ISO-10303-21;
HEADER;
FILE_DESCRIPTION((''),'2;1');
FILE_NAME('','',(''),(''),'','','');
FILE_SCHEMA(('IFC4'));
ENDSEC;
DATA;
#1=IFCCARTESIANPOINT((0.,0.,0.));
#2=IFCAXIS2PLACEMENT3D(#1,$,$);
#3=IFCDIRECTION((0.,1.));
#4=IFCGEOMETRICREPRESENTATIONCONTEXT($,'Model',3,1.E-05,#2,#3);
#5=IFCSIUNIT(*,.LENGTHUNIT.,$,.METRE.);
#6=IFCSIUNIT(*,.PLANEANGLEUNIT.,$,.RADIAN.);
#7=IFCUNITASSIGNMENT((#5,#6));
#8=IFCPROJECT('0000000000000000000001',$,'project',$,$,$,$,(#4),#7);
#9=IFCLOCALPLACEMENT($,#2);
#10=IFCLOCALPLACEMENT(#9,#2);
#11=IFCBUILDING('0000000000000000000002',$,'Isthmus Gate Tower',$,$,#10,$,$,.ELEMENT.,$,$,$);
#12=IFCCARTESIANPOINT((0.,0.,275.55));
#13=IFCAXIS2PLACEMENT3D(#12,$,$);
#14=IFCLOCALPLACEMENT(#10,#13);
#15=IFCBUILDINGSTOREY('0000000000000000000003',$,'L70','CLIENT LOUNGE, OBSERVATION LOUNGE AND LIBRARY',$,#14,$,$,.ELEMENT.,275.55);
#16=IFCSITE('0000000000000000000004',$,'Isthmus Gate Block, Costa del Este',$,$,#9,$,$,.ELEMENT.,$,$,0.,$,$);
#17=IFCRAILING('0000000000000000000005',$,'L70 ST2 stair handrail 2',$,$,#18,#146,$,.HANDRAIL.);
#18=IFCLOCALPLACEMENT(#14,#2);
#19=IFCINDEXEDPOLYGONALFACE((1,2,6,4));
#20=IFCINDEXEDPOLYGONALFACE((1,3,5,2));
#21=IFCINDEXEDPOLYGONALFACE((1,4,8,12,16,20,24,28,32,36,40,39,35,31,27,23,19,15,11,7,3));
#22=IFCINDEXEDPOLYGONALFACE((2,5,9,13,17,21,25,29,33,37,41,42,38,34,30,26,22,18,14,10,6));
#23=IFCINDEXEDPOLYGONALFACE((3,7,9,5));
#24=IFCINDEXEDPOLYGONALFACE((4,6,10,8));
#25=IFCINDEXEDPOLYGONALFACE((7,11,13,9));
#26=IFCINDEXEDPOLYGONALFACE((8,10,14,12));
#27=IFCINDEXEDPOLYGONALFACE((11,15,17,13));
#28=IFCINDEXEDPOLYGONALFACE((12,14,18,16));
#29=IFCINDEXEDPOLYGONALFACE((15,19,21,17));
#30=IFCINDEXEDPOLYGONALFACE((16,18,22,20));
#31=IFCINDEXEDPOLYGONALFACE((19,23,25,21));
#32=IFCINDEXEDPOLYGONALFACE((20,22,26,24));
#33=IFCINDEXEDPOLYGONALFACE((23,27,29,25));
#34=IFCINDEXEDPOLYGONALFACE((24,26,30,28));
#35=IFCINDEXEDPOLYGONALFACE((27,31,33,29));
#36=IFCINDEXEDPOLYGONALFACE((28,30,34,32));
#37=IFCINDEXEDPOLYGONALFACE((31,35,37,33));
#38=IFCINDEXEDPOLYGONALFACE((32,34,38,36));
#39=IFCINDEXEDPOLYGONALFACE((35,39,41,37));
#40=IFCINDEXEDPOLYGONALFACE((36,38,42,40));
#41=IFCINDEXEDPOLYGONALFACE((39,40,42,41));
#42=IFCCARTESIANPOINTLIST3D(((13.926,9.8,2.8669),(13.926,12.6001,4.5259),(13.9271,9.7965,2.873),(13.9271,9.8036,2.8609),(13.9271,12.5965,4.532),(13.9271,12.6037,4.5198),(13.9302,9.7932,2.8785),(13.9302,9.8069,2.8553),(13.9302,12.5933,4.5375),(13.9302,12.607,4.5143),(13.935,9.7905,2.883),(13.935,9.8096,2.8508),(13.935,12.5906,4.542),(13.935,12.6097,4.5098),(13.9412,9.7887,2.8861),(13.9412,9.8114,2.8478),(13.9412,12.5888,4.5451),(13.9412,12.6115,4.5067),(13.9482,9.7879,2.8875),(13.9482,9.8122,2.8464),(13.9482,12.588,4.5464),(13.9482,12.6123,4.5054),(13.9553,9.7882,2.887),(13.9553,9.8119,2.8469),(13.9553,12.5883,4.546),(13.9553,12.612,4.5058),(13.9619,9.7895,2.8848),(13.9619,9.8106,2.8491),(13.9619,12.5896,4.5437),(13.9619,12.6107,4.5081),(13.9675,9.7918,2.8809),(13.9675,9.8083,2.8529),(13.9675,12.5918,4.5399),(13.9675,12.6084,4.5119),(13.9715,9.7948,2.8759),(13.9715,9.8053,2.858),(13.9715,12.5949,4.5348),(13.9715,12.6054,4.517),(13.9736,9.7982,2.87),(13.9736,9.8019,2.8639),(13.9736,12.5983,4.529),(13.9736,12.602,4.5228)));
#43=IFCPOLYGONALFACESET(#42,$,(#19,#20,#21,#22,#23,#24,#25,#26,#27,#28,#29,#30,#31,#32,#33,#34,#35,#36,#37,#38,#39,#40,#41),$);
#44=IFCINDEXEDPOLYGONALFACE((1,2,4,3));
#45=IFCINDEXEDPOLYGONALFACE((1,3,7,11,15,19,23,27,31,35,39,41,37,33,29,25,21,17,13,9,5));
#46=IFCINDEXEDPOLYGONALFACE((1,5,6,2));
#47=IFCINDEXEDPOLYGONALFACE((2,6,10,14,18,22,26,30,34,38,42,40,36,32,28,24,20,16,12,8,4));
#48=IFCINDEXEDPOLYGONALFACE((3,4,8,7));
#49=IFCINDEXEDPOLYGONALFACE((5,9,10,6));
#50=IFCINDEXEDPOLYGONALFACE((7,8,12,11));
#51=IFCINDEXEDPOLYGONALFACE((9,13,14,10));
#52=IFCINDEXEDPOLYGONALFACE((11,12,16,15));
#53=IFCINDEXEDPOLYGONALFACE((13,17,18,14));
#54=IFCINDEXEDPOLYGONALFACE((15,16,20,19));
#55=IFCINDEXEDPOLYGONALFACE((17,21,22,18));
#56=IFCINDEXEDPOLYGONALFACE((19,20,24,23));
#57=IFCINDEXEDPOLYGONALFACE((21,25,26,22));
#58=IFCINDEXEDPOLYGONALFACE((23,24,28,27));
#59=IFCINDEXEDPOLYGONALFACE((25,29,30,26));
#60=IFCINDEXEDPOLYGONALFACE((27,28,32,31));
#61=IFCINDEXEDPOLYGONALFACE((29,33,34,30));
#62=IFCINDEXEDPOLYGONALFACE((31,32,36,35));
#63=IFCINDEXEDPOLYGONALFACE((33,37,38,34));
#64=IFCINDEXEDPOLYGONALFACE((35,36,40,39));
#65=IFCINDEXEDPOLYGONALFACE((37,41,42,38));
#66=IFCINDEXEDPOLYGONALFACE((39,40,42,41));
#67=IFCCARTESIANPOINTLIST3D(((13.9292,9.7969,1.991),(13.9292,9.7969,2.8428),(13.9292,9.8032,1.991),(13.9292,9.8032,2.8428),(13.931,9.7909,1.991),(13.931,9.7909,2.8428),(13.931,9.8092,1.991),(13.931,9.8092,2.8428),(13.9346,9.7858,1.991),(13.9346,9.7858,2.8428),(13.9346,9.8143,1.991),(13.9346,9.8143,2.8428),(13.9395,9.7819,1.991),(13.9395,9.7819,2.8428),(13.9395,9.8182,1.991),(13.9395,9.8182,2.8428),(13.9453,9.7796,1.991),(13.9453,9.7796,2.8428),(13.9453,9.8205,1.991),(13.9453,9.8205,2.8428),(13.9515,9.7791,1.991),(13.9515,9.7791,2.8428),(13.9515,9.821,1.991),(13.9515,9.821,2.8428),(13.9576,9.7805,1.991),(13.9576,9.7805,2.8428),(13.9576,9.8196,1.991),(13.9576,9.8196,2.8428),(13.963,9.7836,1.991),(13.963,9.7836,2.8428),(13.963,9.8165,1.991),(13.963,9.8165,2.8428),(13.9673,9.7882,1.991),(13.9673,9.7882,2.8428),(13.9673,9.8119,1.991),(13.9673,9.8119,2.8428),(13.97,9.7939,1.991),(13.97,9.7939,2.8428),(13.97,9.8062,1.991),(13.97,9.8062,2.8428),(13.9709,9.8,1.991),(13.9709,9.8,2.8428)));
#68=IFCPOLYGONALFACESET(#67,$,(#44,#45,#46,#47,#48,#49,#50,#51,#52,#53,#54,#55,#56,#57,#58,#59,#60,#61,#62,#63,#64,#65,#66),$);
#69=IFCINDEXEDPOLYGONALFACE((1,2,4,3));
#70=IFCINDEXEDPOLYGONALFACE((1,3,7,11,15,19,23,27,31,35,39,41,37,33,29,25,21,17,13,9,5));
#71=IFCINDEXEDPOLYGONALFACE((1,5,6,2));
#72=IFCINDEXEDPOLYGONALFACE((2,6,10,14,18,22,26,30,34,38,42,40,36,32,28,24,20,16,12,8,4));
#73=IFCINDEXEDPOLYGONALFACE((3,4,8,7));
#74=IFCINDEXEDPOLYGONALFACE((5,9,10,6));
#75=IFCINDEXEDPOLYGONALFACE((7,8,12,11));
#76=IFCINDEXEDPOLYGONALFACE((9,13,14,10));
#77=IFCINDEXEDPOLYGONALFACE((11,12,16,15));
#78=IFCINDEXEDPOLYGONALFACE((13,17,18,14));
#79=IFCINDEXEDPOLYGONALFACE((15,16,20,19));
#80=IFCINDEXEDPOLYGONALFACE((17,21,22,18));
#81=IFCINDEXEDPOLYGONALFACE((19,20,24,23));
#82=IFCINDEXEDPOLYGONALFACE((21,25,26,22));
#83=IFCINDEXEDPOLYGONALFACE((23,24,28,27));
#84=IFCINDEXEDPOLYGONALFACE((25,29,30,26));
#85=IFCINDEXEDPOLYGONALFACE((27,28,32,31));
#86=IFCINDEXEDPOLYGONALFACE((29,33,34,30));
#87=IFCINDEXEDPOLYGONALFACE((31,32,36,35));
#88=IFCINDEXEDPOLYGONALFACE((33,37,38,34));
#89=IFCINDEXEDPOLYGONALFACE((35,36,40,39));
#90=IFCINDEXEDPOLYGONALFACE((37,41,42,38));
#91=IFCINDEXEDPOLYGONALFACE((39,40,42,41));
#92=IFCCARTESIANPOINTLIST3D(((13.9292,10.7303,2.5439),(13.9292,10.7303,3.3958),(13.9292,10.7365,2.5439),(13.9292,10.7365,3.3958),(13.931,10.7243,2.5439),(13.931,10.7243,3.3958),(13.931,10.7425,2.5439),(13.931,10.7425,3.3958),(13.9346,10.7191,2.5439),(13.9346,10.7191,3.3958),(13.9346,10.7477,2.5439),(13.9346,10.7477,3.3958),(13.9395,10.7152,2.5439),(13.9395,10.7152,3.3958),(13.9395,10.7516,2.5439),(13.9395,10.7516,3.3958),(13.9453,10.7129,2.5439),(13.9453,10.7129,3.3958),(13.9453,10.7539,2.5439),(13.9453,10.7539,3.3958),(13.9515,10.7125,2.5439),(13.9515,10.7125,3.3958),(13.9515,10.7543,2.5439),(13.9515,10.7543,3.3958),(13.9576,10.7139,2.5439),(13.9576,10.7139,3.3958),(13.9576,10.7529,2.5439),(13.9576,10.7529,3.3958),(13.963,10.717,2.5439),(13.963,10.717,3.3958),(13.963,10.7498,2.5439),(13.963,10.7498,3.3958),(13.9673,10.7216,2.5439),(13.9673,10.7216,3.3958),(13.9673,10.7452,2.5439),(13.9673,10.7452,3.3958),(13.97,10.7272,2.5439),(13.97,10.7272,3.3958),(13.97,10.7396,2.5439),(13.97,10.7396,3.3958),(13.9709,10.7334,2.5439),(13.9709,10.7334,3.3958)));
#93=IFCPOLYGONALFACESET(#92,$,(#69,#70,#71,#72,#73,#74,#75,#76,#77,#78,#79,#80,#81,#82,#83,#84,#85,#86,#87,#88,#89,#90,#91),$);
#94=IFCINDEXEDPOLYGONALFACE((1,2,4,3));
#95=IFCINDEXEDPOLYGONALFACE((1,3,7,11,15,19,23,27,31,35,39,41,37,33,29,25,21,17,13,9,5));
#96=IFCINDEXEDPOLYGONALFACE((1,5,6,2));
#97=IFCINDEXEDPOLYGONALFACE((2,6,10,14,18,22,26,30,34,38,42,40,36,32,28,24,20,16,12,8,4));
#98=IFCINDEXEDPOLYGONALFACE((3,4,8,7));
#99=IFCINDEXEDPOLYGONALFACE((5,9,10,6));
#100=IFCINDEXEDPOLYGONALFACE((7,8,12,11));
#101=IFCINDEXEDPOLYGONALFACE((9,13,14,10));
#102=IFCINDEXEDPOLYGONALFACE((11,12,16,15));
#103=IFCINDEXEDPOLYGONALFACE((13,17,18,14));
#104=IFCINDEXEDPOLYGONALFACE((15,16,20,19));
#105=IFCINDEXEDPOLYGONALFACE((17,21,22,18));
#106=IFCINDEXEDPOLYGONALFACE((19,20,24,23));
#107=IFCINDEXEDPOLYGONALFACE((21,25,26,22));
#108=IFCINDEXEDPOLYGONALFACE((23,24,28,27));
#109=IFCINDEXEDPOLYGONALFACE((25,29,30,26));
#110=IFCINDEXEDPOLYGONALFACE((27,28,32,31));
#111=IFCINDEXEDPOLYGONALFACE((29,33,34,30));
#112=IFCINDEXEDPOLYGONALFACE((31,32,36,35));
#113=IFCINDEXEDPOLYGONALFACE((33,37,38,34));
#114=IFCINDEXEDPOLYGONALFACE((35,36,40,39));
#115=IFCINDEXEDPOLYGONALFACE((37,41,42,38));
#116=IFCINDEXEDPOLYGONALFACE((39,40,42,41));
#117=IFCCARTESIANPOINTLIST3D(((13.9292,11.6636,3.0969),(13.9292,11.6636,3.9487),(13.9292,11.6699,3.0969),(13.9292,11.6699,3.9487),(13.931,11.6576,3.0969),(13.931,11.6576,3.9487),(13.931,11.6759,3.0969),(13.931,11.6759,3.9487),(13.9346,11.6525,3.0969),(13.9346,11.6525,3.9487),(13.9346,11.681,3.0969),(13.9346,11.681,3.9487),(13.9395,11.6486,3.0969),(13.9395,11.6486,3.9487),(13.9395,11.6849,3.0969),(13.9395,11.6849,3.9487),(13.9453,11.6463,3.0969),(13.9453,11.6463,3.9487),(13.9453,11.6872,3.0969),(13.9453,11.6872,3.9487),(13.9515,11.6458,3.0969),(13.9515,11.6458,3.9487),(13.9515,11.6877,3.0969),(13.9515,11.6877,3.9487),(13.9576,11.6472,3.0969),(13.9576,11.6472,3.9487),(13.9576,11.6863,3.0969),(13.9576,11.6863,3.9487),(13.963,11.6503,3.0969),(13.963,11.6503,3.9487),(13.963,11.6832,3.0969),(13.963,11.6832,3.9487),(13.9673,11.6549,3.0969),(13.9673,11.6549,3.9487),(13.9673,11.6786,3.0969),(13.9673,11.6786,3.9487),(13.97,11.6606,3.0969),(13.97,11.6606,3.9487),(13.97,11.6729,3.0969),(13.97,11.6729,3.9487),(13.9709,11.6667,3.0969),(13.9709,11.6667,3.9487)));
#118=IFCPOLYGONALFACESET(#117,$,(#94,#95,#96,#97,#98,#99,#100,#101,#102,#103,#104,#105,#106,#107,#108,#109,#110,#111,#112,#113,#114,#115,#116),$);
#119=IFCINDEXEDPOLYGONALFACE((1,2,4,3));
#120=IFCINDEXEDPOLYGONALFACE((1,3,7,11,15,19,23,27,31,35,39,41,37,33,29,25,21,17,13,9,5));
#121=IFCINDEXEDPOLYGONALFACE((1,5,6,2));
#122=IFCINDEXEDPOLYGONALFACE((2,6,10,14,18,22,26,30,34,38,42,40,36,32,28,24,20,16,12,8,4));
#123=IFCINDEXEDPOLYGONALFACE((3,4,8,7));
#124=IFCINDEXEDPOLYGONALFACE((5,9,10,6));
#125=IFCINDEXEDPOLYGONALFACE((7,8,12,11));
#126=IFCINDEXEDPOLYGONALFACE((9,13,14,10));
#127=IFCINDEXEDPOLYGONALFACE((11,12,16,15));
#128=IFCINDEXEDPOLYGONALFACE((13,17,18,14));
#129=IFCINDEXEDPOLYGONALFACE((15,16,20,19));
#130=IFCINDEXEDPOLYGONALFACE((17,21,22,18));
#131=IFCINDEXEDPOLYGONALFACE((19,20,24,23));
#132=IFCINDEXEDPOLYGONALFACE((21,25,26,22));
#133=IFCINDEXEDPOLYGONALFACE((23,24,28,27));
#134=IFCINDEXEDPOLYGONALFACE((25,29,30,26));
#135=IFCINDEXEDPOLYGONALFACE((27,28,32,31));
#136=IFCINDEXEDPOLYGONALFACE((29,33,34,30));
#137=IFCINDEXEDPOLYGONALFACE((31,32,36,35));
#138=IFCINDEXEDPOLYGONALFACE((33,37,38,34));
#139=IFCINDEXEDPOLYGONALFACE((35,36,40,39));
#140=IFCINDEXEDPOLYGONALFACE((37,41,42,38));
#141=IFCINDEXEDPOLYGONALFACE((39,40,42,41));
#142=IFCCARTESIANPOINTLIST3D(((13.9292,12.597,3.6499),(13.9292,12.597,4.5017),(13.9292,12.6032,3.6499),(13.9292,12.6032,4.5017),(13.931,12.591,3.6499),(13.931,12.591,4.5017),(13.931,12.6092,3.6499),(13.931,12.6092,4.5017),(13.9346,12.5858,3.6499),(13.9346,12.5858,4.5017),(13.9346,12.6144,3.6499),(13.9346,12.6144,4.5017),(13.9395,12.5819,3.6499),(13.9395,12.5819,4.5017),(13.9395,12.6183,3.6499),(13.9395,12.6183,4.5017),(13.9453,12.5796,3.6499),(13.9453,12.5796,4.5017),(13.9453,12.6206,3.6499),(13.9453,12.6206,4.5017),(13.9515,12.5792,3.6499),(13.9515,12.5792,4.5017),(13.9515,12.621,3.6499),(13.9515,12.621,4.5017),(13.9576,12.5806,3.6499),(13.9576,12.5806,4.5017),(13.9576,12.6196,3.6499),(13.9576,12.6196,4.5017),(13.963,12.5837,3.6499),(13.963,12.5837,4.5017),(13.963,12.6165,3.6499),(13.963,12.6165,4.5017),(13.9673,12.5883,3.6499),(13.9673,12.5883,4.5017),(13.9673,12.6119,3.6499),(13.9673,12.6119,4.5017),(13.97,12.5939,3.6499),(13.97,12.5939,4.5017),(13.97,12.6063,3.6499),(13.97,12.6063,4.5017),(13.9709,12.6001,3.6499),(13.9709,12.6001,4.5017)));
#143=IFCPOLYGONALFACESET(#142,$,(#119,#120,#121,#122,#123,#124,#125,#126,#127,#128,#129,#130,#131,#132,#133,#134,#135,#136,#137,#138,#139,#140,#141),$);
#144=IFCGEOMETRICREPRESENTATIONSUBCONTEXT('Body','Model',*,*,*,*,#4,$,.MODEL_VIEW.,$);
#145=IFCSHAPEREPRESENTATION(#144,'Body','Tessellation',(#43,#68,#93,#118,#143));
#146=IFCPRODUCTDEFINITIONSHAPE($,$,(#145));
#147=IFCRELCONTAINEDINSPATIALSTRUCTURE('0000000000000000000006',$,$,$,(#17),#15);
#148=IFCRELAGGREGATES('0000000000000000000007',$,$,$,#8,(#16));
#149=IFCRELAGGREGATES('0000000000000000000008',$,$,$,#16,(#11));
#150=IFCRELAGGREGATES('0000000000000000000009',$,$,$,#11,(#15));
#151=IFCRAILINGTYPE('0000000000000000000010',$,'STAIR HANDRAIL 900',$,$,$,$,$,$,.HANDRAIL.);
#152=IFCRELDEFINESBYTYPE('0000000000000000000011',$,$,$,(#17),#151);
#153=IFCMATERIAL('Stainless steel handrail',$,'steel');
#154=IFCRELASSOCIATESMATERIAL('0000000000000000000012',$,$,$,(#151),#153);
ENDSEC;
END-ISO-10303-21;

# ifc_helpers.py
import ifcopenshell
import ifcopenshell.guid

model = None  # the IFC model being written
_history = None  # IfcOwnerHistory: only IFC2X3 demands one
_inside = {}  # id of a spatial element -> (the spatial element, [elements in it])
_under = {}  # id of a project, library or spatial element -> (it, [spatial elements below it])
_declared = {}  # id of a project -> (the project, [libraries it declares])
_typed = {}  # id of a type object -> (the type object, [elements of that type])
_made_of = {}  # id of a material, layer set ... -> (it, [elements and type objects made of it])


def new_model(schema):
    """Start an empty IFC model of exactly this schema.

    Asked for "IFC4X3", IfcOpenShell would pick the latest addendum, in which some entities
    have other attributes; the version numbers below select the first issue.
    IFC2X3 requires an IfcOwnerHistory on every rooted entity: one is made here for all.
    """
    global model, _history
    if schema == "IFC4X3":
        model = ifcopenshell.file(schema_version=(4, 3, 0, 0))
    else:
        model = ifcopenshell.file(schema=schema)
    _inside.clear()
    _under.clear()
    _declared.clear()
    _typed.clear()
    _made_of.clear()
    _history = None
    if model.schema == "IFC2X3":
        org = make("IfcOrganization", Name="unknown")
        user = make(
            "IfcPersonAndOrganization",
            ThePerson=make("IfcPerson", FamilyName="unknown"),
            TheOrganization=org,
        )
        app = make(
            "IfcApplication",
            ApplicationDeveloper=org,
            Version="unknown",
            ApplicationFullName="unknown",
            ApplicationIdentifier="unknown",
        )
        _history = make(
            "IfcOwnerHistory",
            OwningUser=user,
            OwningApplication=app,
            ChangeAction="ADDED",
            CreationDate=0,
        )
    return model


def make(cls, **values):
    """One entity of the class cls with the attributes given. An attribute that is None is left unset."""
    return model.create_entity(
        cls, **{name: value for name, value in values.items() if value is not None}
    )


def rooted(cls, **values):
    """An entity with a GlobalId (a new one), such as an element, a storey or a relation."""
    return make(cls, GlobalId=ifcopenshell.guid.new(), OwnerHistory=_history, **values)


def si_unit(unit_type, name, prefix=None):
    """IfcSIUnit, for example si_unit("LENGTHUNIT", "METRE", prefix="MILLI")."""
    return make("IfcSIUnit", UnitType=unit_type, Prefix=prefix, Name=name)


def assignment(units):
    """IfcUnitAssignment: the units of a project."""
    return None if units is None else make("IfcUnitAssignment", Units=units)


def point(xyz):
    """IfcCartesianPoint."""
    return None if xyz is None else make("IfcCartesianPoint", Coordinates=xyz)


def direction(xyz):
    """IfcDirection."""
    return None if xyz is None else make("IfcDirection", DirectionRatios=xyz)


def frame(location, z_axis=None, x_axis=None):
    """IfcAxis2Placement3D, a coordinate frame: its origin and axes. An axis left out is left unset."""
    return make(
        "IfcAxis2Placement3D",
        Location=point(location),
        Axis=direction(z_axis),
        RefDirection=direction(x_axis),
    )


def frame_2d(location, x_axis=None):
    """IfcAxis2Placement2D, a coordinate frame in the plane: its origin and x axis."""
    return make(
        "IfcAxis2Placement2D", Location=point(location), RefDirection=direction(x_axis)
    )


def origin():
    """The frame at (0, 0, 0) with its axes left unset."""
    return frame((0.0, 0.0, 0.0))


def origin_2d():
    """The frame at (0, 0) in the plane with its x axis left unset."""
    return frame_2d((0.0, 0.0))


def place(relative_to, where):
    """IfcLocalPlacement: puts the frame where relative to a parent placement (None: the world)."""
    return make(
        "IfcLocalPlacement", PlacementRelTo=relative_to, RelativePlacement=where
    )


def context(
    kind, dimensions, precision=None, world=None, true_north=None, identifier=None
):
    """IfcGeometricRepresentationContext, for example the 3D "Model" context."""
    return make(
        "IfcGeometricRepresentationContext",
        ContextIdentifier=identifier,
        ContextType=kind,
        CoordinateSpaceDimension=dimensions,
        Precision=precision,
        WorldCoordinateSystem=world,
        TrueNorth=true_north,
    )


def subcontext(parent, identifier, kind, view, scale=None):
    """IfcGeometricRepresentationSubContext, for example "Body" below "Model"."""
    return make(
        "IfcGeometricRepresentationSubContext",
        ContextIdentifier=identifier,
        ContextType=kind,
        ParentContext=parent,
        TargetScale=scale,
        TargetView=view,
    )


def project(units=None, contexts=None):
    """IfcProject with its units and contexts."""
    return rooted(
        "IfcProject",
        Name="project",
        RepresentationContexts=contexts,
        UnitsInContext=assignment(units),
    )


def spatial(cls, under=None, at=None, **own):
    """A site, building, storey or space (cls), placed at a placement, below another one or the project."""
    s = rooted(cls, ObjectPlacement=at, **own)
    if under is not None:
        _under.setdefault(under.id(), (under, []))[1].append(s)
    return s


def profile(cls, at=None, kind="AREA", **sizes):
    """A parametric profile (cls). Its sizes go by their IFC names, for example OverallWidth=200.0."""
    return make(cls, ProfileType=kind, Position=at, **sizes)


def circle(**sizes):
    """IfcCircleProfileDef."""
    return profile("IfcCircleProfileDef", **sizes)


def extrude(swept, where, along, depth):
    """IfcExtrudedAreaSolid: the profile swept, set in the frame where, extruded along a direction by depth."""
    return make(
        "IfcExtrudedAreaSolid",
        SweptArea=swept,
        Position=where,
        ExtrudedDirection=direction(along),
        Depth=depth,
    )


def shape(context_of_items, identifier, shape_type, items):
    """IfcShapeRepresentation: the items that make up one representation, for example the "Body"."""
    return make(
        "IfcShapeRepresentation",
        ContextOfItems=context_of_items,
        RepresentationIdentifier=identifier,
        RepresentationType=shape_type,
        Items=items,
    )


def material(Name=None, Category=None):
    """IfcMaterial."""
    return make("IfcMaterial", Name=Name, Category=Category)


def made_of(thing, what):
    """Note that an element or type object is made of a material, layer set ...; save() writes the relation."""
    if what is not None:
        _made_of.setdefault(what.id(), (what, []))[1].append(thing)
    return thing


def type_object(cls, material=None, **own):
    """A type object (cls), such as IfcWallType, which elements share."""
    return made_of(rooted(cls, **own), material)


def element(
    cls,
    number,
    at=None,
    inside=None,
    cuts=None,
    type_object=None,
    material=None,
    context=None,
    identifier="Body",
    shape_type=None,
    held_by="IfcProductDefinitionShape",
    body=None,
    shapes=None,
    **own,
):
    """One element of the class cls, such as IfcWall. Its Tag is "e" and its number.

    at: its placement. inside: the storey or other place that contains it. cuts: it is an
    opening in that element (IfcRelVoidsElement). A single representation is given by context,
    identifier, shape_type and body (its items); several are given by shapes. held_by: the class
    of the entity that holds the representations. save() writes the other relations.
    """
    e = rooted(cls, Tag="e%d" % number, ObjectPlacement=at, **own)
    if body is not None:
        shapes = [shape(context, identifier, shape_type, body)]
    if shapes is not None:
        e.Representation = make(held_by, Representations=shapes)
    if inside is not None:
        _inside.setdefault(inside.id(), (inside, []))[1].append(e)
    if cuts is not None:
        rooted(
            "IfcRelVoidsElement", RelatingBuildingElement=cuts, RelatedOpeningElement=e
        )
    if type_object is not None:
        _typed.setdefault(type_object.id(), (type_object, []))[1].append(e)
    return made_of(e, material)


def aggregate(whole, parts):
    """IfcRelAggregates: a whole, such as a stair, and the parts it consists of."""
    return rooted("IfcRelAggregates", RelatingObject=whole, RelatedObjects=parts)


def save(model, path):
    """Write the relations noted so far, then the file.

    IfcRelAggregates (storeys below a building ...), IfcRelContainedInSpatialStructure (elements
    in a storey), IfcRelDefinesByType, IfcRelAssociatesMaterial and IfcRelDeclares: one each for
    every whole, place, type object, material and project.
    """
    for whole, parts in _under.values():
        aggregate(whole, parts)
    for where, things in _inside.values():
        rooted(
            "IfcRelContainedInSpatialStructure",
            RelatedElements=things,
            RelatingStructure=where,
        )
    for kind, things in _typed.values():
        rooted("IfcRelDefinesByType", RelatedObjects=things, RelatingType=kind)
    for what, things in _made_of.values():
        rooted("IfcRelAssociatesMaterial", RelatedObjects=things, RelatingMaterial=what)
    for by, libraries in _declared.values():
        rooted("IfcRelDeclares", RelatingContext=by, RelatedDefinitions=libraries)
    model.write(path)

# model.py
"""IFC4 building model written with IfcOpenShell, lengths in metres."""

from ifc_helpers import new_model, si_unit, direction, frame, origin, origin_2d, place, context, subcontext, project, spatial, circle, extrude, material, type_object, element, save


model = new_model("IFC4")

# Units and contexts
model_context = context("Model", 3, precision=1e-05, world=origin(), true_north=direction((0.0, 1.0)))
body_context = subcontext(model_context, "Body", "Model", "MODEL_VIEW")
ifc_project = project(units=[si_unit("LENGTHUNIT", "METRE"), si_unit("PLANEANGLEUNIT", "RADIAN")], contexts=[model_context])

# Site, building, storey
site_placement = place(None, origin())
site = spatial("IfcSite", under=ifc_project, at=site_placement, Name="Isthmus Gate Block, Costa del Este", CompositionType="ELEMENT", RefElevation=0.0)
building_placement = place(site_placement, origin())
building = spatial("IfcBuilding", under=site, at=building_placement, Name="Isthmus Gate Tower", CompositionType="ELEMENT")
storey_placement = place(building_placement, frame((0.0, 0.0, 275.55)))
storey = spatial("IfcBuildingStorey", under=building, at=storey_placement, Name="L70", Description="CLIENT LOUNGE, OBSERVATION LOUNGE AND LIBRARY", CompositionType="ELEMENT", Elevation=275.55)

# Railing
ifc_material_1 = material(Name="Stainless steel handrail", Category="steel")
railing_type_1 = type_object("IfcRailingType", Name="STAIR HANDRAIL 900", PredefinedType="HANDRAIL", material=ifc_material_1)
railing_1_placement = place(storey_placement, frame((13.95, 9.8, 1.991)))
element("IfcRailing", 1, at=railing_1_placement, inside=storey, type_object=railing_type_1, Name="L70 ST2 stair handrail 2", PredefinedType="HANDRAIL", context=body_context, shape_type="SweptSolid", body=[
    extrude(circle(Radius=0.0239, at=origin_2d()), frame((0.0, 0.0, 0.876), z_axis=(0.0, 0.860339, 0.509722), x_axis=(-1.0, 0.0, 0.0)), (0.0, 0.0, 1.0), 3.2546),
    extrude(circle(Radius=0.021, at=origin_2d()), origin(), (0.0, 0.0, 1.0), 0.8518),
    extrude(circle(Radius=0.021, at=origin_2d()), frame((0.0, 0.9333, 0.553)), (0.0, 0.0, 1.0), 0.8518),
    extrude(circle(Radius=0.021, at=origin_2d()), frame((0.0, 1.8667, 1.106)), (0.0, 0.0, 1.0), 0.8518),
    extrude(circle(Radius=0.021, at=origin_2d()), frame((0.0, 2.8, 1.6589)), (0.0, 0.0, 1.0), 0.8518),
])

save(model, "model.ifc")
